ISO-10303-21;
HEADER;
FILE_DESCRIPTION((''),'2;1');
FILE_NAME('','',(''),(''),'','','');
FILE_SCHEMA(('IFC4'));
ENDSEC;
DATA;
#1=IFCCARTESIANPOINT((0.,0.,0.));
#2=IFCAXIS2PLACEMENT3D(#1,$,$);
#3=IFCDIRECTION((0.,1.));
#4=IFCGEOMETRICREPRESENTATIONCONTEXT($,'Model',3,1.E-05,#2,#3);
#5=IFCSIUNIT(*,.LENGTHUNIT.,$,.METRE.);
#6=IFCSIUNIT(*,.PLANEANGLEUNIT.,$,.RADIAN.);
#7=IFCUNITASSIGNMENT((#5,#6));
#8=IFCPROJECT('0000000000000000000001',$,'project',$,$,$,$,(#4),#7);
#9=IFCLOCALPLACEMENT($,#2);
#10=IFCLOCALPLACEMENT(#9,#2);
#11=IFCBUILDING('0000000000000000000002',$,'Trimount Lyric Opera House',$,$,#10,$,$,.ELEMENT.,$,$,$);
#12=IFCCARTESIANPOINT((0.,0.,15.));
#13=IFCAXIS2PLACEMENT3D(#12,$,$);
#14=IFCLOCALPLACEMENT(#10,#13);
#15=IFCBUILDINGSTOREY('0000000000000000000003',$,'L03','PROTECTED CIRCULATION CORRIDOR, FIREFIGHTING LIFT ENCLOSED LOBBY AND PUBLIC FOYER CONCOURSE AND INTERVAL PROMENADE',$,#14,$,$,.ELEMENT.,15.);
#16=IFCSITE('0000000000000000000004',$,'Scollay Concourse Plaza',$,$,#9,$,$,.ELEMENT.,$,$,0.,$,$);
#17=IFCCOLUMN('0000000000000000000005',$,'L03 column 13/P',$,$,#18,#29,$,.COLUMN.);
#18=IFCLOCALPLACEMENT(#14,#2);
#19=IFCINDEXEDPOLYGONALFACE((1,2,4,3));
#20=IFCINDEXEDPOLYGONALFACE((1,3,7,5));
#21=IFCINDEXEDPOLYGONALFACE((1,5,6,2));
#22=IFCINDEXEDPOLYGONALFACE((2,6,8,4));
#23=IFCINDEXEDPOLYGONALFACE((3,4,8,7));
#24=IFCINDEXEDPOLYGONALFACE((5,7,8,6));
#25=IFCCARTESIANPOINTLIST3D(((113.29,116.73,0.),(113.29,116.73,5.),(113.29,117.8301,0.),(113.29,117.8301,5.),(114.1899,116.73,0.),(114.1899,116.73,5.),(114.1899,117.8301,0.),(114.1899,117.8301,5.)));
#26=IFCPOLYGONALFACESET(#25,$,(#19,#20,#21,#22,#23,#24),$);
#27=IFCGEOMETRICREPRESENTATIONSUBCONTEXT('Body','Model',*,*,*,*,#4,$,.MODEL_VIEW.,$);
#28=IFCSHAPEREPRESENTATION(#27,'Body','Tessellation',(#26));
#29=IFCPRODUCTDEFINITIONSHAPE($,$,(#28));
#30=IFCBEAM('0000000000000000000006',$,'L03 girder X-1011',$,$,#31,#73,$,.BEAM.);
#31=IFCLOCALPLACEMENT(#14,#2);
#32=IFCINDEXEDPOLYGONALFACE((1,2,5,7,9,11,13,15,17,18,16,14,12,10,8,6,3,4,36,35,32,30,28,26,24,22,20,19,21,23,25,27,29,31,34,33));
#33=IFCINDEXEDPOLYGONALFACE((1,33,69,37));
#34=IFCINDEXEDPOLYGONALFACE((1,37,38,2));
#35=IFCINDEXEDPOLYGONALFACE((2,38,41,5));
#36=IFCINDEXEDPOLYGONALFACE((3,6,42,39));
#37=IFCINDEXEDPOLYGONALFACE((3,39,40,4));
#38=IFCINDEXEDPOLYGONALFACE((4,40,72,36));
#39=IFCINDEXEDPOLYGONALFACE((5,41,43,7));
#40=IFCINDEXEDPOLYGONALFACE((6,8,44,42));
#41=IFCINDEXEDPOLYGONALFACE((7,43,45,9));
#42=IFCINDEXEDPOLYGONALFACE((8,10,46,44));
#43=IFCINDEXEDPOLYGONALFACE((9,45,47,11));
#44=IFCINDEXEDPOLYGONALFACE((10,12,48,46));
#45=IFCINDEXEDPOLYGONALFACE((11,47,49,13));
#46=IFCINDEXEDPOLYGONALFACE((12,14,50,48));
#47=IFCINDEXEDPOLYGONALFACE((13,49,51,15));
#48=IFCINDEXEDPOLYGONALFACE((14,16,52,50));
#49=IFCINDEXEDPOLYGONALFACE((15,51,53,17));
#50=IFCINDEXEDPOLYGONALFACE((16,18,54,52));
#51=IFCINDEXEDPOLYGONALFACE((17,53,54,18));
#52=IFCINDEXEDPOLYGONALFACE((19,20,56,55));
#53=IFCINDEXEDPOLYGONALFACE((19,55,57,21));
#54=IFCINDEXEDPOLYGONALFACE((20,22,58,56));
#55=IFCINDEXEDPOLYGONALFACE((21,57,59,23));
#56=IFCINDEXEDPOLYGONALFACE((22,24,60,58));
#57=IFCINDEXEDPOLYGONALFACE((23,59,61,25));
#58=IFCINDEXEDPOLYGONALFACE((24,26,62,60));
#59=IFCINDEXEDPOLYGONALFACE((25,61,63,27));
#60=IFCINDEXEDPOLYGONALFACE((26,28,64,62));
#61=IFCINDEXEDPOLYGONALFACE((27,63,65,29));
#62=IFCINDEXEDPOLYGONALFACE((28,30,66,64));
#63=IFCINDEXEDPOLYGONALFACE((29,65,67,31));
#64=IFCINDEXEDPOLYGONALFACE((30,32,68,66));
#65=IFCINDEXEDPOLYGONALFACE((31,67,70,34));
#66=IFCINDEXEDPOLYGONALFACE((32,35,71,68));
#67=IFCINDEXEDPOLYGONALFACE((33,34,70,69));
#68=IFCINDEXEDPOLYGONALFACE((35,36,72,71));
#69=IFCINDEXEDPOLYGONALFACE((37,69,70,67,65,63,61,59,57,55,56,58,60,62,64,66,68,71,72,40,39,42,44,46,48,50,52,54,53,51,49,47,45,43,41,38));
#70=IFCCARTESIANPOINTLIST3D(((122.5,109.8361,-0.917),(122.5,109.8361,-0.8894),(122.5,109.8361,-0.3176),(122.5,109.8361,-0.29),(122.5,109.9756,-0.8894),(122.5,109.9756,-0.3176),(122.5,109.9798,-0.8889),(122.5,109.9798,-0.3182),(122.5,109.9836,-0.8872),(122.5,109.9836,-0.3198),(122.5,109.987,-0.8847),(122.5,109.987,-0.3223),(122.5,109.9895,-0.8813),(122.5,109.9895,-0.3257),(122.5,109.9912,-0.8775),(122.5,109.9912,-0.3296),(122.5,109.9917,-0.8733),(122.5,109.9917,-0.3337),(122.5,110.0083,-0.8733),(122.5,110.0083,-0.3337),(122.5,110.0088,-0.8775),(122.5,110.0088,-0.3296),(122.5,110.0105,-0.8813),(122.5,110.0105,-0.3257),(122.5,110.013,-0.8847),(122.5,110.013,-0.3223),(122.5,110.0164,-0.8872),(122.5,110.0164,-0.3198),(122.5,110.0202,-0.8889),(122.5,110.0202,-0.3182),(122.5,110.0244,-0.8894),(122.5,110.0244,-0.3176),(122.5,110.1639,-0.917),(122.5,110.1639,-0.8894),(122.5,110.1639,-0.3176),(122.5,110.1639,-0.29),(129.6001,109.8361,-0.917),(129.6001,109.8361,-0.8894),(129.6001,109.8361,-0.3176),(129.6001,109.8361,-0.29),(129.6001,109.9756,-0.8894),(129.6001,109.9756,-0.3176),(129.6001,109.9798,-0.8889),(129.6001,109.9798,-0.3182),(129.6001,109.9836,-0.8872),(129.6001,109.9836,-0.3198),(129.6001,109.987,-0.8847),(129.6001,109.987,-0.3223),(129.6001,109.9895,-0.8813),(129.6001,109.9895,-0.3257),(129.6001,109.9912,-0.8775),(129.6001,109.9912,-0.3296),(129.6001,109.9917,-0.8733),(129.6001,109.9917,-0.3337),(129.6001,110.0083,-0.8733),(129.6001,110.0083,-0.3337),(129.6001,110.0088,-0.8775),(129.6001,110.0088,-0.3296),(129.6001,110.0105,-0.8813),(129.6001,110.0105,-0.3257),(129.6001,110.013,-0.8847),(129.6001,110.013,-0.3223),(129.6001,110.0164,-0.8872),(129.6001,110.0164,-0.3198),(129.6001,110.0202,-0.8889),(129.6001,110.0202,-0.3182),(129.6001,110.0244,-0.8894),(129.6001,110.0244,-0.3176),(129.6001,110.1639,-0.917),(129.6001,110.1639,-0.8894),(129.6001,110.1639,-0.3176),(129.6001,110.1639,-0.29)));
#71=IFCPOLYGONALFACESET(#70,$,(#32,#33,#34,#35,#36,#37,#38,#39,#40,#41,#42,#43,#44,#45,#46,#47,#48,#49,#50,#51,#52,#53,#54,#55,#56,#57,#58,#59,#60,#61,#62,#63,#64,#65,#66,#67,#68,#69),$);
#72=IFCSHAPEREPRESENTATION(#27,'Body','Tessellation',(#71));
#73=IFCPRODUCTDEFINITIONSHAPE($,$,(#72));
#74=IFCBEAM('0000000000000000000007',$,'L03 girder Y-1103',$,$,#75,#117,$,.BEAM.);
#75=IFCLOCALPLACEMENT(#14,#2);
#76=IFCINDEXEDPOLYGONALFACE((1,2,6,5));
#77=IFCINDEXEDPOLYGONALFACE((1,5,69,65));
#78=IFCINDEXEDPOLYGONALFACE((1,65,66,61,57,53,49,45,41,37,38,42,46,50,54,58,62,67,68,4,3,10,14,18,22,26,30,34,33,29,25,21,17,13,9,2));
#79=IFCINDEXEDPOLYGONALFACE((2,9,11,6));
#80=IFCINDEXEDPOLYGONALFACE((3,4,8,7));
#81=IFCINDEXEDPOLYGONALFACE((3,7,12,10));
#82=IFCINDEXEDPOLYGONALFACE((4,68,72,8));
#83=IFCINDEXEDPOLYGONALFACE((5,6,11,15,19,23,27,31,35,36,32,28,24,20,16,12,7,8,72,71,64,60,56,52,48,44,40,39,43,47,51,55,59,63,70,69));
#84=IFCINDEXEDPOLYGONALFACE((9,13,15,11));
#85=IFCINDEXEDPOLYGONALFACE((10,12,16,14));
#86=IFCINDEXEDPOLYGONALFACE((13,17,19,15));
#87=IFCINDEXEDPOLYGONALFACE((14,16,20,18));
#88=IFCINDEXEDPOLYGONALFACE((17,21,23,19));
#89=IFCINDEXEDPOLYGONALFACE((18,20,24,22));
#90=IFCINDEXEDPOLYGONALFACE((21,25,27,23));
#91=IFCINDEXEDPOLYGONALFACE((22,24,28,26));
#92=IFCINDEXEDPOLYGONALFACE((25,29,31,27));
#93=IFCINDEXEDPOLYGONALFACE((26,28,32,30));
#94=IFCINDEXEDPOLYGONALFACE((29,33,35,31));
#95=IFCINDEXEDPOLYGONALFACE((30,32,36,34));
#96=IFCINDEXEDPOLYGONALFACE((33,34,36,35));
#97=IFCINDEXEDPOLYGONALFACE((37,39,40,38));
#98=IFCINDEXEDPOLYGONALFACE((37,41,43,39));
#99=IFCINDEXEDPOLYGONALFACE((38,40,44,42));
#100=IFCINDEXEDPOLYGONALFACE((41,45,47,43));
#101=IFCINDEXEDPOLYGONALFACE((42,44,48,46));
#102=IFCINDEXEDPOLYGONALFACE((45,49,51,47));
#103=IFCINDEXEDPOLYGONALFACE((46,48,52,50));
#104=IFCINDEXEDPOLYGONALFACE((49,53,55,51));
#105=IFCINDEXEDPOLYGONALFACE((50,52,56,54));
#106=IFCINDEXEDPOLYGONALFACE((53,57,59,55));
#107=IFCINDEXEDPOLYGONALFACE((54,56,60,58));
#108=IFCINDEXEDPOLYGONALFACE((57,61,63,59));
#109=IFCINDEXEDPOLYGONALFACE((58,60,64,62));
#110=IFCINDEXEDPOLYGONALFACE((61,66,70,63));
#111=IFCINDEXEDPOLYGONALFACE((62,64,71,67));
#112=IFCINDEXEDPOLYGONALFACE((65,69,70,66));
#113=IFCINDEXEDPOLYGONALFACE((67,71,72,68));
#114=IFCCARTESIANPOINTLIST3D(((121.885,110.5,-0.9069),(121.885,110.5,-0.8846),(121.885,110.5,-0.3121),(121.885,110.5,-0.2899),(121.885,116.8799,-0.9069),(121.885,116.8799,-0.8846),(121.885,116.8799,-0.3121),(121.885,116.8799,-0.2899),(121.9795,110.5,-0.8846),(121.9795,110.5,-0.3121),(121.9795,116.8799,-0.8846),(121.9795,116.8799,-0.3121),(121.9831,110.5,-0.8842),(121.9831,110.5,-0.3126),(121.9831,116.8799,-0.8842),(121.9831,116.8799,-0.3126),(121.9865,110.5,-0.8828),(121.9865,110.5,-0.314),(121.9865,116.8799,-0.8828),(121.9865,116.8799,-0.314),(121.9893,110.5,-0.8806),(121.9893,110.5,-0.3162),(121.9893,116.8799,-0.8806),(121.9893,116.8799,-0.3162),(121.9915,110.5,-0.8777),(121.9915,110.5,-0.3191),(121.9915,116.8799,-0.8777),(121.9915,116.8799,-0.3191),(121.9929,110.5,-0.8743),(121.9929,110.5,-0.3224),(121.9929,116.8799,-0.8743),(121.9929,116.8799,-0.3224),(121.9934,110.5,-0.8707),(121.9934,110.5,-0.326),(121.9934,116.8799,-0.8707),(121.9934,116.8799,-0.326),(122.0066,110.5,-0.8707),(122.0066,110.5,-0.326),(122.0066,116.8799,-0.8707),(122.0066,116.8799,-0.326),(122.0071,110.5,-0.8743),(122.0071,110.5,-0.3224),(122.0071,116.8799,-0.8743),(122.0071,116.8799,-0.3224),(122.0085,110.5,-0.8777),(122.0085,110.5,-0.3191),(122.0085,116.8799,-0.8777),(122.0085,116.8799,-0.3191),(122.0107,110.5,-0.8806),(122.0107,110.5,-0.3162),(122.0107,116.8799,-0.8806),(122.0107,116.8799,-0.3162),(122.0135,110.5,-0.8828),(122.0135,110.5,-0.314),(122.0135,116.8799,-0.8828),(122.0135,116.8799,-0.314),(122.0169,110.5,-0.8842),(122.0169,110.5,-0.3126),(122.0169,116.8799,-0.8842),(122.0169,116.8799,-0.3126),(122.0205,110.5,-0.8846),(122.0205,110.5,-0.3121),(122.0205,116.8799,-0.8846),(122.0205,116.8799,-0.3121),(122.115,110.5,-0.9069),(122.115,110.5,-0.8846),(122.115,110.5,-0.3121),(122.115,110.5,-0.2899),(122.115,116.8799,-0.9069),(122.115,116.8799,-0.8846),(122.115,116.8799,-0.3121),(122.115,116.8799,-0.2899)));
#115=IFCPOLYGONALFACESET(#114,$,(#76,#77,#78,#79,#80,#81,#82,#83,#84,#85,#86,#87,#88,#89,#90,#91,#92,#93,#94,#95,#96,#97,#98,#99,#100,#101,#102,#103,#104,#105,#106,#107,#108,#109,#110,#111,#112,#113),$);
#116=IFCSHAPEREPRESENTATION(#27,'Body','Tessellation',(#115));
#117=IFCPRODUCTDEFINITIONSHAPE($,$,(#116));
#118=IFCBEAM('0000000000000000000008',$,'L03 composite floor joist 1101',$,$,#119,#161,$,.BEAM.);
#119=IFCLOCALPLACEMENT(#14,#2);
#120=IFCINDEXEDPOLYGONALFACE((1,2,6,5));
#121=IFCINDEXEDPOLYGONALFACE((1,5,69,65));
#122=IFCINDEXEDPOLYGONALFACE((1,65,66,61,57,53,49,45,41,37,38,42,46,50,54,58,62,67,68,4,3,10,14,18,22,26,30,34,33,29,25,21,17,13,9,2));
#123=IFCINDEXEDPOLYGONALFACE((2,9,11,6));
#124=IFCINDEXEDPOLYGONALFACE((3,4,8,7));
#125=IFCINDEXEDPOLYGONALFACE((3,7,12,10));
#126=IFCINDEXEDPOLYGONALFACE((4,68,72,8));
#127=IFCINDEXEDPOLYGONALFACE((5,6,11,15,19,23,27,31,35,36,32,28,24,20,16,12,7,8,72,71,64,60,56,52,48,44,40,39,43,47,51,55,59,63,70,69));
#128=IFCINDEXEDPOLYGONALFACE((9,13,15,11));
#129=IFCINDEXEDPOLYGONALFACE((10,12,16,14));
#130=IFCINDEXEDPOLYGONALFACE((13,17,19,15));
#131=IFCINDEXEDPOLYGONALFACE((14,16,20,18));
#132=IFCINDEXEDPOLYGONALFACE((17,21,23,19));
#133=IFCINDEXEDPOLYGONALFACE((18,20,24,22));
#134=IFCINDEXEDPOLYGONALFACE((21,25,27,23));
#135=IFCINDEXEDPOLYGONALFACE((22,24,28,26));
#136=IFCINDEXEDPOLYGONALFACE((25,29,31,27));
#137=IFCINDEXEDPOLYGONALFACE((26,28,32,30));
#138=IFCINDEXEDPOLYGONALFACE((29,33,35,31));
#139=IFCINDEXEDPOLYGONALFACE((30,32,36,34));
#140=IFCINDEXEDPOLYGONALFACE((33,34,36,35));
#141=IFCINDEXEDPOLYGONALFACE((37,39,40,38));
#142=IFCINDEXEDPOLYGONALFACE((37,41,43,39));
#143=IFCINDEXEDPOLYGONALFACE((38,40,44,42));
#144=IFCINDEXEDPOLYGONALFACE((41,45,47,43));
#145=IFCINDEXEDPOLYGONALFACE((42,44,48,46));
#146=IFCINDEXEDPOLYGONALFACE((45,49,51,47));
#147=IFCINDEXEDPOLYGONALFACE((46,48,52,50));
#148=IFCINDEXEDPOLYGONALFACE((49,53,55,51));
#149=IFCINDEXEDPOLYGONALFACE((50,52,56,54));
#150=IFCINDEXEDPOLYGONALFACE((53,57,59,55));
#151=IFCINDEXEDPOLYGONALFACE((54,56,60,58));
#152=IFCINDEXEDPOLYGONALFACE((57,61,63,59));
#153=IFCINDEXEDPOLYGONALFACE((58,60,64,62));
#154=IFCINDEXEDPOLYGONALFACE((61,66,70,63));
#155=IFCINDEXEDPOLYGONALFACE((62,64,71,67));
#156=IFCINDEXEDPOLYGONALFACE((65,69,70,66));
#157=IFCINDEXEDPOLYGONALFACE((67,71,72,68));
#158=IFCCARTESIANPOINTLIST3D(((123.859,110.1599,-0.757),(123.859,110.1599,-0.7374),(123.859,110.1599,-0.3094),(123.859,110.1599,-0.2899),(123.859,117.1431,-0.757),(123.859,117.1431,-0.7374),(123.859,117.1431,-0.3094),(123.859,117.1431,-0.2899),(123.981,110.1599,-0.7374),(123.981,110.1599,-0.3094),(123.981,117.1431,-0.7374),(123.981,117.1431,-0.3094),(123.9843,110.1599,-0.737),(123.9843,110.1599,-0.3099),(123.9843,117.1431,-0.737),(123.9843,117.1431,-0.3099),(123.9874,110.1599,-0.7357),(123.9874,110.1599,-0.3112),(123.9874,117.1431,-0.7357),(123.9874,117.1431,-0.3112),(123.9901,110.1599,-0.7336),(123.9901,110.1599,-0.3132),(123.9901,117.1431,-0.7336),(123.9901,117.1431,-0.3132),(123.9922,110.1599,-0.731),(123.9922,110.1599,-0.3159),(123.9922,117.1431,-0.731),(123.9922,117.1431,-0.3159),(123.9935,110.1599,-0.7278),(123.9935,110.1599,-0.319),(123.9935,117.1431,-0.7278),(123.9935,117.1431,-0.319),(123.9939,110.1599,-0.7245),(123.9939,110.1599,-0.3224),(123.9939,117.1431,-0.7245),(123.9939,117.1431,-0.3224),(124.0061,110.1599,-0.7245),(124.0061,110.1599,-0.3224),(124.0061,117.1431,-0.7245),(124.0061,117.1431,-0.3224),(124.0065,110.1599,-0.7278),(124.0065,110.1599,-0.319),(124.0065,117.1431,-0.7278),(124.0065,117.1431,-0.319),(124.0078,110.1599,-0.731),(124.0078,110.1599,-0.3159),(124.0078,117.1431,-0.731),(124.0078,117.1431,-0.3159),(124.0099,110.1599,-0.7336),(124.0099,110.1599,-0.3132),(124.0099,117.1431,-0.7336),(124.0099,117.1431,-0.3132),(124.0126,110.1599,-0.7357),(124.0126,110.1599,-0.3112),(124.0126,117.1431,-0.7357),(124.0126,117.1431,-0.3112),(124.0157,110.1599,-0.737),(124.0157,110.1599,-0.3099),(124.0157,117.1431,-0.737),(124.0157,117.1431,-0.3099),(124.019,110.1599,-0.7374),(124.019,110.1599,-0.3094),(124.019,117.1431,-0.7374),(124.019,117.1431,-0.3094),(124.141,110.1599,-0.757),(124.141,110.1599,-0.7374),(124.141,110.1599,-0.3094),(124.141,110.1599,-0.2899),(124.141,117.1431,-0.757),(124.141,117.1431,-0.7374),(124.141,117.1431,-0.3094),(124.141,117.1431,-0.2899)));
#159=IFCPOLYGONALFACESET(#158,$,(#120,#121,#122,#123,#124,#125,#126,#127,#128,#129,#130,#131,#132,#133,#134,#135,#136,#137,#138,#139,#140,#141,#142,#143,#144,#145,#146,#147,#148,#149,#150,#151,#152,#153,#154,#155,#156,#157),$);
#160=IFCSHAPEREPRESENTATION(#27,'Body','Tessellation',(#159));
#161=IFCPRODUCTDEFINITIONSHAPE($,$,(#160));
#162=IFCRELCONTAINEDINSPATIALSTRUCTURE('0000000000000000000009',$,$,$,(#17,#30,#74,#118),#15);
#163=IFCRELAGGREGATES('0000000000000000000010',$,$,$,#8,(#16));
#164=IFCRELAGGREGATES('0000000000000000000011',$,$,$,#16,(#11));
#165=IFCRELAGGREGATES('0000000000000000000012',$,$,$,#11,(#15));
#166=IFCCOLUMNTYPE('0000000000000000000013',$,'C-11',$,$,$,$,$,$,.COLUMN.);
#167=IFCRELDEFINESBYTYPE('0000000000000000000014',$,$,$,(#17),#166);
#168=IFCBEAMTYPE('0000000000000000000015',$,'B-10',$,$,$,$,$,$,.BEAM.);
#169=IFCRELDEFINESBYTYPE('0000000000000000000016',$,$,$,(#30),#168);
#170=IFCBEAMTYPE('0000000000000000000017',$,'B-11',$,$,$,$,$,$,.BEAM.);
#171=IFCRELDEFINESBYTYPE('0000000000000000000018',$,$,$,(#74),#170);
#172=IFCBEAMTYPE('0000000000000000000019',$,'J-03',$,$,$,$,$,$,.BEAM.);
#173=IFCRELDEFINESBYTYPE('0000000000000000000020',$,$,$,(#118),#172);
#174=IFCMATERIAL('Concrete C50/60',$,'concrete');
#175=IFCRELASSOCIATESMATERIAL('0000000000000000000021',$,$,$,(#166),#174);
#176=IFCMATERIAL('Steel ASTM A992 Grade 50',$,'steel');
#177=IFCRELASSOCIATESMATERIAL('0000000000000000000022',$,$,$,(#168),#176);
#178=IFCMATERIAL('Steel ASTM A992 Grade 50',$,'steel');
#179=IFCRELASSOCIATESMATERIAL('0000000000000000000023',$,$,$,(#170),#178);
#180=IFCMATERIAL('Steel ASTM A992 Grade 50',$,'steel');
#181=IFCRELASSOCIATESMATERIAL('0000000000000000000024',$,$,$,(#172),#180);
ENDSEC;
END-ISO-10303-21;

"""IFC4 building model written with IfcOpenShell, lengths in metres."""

from ifc_helpers import new_model, si_unit, direction, frame, origin, origin_2d, place, context, subcontext, project, spatial, rectangle, i_section, extrude, material, material_profile, profile_set, type_object, element, save


model = new_model("IFC4")

# Units and contexts
model_context = context("Model", 3, precision=1e-05, world=origin(), true_north=direction((0.0, 1.0)))
body_context = subcontext(model_context, "Body", "Model", "MODEL_VIEW")
ifc_project = project(units=[si_unit("LENGTHUNIT", "METRE"), si_unit("PLANEANGLEUNIT", "RADIAN")], contexts=[model_context])

# Site, building, storey
site_placement = place(None, origin())
site = spatial("IfcSite", under=ifc_project, at=site_placement, Name="Scollay Concourse Plaza", CompositionType="ELEMENT", RefElevation=0.0)
building_placement = place(site_placement, origin())
building = spatial("IfcBuilding", under=site, at=building_placement, Name="Trimount Lyric Opera House", CompositionType="ELEMENT")
storey_placement = place(building_placement, frame((0.0, 0.0, 15.0)))
storey = spatial("IfcBuildingStorey", under=building, at=storey_placement, Name="L03", Description="PROTECTED CIRCULATION CORRIDOR, FIREFIGHTING LIFT ENCLOSED LOBBY AND PUBLIC FOYER CONCOURSE AND INTERVAL PROMENADE", CompositionType="ELEMENT", Elevation=15.0)

# Column
ifc_material_1 = material(Name="Concrete C50/60", Category="concrete")
ifc_material_profile_1 = material_profile(ifc_material_1, rectangle(XDim=0.8999, YDim=1.1001, at=origin_2d()), Name="RC1100X900")
ifc_profile_set_1 = profile_set([ifc_material_profile_1], Name="Concrete C50/60")
column_type = type_object("IfcColumnType", Name="C-11", PredefinedType="COLUMN", material=ifc_profile_set_1)
column_placement = place(storey_placement, frame((113.74, 117.28, 0.0), z_axis=(0.0, 0.0, 1.0), x_axis=(1.0, 0.0, 0.0)))
element("IfcColumn", 1, at=column_placement, inside=storey, type_object=column_type, Name="L03 column 13/P", PredefinedType="COLUMN", context=body_context, shape_type="SweptSolid", body=[
    extrude(rectangle(XDim=0.8999, YDim=1.1001, at=origin_2d()), origin(), (0.0, 0.0, 1.0), 5.0),
])

# Beams
ifc_material_2 = material(Name="Steel ASTM A992 Grade 50", Category="steel")
ifc_material_profile_2 = material_profile(ifc_material_2, i_section(OverallWidth=0.3279, OverallDepth=0.627, WebThickness=0.0166, FlangeThickness=0.0276, FilletRadius=0.0161, at=origin_2d()), Name="W24X146")
ifc_profile_set_2 = profile_set([ifc_material_profile_2], Name="Steel ASTM A992 Grade 50")
beam_type_1 = type_object("IfcBeamType", Name="B-10", PredefinedType="BEAM", material=ifc_profile_set_2)
beam_1_placement = place(storey_placement, frame((122.5, 110.0, -0.6035), z_axis=(1.0, 0.0, 0.0), x_axis=(0.0, 1.0, 0.0)))
element("IfcBeam", 2, at=beam_1_placement, inside=storey, type_object=beam_type_1, Name="L03 girder X-1011", PredefinedType="BEAM", context=body_context, shape_type="SweptSolid", body=[
    extrude(i_section(OverallWidth=0.3279, OverallDepth=0.627, WebThickness=0.0166, FlangeThickness=0.0276, FilletRadius=0.0161, at=origin_2d()), origin(), (0.0, 0.0, 1.0), 7.1001),
])
ifc_material_3 = material(Name="Steel ASTM A992 Grade 50", Category="steel")
ifc_material_profile_3 = material_profile(ifc_material_3, i_section(OverallWidth=0.23, OverallDepth=0.6169, WebThickness=0.0132, FlangeThickness=0.0222, FilletRadius=0.0139, at=origin_2d()), Name="W24X94")
ifc_profile_set_3 = profile_set([ifc_material_profile_3], Name="Steel ASTM A992 Grade 50")
beam_type_2 = type_object("IfcBeamType", Name="B-11", PredefinedType="BEAM", material=ifc_profile_set_3)
beam_2_placement = place(storey_placement, frame((122.0, 110.5, -0.5984), z_axis=(0.0, 1.0, 0.0), x_axis=(-1.0, 0.0, 0.0)))
element("IfcBeam", 3, at=beam_2_placement, inside=storey, type_object=beam_type_2, Name="L03 girder Y-1103", PredefinedType="BEAM", context=body_context, shape_type="SweptSolid", body=[
    extrude(i_section(OverallWidth=0.23, OverallDepth=0.6169, WebThickness=0.0132, FlangeThickness=0.0222, FilletRadius=0.0139, at=origin_2d()), origin(), (0.0, 0.0, 1.0), 6.3799),
])
ifc_material_4 = material(Name="Steel ASTM A992 Grade 50", Category="steel")
ifc_material_profile_4 = material_profile(ifc_material_4, i_section(OverallWidth=0.282, OverallDepth=0.467, WebThickness=0.0122, FlangeThickness=0.0195, FilletRadius=0.0129, at=origin_2d()), Name="W18X86")
ifc_profile_set_4 = profile_set([ifc_material_profile_4], Name="Steel ASTM A992 Grade 50")
beam_type_3 = type_object("IfcBeamType", Name="J-03", PredefinedType="BEAM", material=ifc_profile_set_4)
beam_3_placement = place(storey_placement, frame((124.0, 110.1599, -0.5234), z_axis=(0.0, 1.0, 0.0), x_axis=(-1.0, 0.0, 0.0)))
element("IfcBeam", 4, at=beam_3_placement, inside=storey, type_object=beam_type_3, Name="L03 composite floor joist 1101", PredefinedType="BEAM", context=body_context, shape_type="SweptSolid", body=[
    extrude(i_section(OverallWidth=0.282, OverallDepth=0.467, WebThickness=0.0122, FlangeThickness=0.0195, FilletRadius=0.0129, at=origin_2d()), origin(), (0.0, 0.0, 1.0), 6.9832),
])

save(model, "model.ifc")
